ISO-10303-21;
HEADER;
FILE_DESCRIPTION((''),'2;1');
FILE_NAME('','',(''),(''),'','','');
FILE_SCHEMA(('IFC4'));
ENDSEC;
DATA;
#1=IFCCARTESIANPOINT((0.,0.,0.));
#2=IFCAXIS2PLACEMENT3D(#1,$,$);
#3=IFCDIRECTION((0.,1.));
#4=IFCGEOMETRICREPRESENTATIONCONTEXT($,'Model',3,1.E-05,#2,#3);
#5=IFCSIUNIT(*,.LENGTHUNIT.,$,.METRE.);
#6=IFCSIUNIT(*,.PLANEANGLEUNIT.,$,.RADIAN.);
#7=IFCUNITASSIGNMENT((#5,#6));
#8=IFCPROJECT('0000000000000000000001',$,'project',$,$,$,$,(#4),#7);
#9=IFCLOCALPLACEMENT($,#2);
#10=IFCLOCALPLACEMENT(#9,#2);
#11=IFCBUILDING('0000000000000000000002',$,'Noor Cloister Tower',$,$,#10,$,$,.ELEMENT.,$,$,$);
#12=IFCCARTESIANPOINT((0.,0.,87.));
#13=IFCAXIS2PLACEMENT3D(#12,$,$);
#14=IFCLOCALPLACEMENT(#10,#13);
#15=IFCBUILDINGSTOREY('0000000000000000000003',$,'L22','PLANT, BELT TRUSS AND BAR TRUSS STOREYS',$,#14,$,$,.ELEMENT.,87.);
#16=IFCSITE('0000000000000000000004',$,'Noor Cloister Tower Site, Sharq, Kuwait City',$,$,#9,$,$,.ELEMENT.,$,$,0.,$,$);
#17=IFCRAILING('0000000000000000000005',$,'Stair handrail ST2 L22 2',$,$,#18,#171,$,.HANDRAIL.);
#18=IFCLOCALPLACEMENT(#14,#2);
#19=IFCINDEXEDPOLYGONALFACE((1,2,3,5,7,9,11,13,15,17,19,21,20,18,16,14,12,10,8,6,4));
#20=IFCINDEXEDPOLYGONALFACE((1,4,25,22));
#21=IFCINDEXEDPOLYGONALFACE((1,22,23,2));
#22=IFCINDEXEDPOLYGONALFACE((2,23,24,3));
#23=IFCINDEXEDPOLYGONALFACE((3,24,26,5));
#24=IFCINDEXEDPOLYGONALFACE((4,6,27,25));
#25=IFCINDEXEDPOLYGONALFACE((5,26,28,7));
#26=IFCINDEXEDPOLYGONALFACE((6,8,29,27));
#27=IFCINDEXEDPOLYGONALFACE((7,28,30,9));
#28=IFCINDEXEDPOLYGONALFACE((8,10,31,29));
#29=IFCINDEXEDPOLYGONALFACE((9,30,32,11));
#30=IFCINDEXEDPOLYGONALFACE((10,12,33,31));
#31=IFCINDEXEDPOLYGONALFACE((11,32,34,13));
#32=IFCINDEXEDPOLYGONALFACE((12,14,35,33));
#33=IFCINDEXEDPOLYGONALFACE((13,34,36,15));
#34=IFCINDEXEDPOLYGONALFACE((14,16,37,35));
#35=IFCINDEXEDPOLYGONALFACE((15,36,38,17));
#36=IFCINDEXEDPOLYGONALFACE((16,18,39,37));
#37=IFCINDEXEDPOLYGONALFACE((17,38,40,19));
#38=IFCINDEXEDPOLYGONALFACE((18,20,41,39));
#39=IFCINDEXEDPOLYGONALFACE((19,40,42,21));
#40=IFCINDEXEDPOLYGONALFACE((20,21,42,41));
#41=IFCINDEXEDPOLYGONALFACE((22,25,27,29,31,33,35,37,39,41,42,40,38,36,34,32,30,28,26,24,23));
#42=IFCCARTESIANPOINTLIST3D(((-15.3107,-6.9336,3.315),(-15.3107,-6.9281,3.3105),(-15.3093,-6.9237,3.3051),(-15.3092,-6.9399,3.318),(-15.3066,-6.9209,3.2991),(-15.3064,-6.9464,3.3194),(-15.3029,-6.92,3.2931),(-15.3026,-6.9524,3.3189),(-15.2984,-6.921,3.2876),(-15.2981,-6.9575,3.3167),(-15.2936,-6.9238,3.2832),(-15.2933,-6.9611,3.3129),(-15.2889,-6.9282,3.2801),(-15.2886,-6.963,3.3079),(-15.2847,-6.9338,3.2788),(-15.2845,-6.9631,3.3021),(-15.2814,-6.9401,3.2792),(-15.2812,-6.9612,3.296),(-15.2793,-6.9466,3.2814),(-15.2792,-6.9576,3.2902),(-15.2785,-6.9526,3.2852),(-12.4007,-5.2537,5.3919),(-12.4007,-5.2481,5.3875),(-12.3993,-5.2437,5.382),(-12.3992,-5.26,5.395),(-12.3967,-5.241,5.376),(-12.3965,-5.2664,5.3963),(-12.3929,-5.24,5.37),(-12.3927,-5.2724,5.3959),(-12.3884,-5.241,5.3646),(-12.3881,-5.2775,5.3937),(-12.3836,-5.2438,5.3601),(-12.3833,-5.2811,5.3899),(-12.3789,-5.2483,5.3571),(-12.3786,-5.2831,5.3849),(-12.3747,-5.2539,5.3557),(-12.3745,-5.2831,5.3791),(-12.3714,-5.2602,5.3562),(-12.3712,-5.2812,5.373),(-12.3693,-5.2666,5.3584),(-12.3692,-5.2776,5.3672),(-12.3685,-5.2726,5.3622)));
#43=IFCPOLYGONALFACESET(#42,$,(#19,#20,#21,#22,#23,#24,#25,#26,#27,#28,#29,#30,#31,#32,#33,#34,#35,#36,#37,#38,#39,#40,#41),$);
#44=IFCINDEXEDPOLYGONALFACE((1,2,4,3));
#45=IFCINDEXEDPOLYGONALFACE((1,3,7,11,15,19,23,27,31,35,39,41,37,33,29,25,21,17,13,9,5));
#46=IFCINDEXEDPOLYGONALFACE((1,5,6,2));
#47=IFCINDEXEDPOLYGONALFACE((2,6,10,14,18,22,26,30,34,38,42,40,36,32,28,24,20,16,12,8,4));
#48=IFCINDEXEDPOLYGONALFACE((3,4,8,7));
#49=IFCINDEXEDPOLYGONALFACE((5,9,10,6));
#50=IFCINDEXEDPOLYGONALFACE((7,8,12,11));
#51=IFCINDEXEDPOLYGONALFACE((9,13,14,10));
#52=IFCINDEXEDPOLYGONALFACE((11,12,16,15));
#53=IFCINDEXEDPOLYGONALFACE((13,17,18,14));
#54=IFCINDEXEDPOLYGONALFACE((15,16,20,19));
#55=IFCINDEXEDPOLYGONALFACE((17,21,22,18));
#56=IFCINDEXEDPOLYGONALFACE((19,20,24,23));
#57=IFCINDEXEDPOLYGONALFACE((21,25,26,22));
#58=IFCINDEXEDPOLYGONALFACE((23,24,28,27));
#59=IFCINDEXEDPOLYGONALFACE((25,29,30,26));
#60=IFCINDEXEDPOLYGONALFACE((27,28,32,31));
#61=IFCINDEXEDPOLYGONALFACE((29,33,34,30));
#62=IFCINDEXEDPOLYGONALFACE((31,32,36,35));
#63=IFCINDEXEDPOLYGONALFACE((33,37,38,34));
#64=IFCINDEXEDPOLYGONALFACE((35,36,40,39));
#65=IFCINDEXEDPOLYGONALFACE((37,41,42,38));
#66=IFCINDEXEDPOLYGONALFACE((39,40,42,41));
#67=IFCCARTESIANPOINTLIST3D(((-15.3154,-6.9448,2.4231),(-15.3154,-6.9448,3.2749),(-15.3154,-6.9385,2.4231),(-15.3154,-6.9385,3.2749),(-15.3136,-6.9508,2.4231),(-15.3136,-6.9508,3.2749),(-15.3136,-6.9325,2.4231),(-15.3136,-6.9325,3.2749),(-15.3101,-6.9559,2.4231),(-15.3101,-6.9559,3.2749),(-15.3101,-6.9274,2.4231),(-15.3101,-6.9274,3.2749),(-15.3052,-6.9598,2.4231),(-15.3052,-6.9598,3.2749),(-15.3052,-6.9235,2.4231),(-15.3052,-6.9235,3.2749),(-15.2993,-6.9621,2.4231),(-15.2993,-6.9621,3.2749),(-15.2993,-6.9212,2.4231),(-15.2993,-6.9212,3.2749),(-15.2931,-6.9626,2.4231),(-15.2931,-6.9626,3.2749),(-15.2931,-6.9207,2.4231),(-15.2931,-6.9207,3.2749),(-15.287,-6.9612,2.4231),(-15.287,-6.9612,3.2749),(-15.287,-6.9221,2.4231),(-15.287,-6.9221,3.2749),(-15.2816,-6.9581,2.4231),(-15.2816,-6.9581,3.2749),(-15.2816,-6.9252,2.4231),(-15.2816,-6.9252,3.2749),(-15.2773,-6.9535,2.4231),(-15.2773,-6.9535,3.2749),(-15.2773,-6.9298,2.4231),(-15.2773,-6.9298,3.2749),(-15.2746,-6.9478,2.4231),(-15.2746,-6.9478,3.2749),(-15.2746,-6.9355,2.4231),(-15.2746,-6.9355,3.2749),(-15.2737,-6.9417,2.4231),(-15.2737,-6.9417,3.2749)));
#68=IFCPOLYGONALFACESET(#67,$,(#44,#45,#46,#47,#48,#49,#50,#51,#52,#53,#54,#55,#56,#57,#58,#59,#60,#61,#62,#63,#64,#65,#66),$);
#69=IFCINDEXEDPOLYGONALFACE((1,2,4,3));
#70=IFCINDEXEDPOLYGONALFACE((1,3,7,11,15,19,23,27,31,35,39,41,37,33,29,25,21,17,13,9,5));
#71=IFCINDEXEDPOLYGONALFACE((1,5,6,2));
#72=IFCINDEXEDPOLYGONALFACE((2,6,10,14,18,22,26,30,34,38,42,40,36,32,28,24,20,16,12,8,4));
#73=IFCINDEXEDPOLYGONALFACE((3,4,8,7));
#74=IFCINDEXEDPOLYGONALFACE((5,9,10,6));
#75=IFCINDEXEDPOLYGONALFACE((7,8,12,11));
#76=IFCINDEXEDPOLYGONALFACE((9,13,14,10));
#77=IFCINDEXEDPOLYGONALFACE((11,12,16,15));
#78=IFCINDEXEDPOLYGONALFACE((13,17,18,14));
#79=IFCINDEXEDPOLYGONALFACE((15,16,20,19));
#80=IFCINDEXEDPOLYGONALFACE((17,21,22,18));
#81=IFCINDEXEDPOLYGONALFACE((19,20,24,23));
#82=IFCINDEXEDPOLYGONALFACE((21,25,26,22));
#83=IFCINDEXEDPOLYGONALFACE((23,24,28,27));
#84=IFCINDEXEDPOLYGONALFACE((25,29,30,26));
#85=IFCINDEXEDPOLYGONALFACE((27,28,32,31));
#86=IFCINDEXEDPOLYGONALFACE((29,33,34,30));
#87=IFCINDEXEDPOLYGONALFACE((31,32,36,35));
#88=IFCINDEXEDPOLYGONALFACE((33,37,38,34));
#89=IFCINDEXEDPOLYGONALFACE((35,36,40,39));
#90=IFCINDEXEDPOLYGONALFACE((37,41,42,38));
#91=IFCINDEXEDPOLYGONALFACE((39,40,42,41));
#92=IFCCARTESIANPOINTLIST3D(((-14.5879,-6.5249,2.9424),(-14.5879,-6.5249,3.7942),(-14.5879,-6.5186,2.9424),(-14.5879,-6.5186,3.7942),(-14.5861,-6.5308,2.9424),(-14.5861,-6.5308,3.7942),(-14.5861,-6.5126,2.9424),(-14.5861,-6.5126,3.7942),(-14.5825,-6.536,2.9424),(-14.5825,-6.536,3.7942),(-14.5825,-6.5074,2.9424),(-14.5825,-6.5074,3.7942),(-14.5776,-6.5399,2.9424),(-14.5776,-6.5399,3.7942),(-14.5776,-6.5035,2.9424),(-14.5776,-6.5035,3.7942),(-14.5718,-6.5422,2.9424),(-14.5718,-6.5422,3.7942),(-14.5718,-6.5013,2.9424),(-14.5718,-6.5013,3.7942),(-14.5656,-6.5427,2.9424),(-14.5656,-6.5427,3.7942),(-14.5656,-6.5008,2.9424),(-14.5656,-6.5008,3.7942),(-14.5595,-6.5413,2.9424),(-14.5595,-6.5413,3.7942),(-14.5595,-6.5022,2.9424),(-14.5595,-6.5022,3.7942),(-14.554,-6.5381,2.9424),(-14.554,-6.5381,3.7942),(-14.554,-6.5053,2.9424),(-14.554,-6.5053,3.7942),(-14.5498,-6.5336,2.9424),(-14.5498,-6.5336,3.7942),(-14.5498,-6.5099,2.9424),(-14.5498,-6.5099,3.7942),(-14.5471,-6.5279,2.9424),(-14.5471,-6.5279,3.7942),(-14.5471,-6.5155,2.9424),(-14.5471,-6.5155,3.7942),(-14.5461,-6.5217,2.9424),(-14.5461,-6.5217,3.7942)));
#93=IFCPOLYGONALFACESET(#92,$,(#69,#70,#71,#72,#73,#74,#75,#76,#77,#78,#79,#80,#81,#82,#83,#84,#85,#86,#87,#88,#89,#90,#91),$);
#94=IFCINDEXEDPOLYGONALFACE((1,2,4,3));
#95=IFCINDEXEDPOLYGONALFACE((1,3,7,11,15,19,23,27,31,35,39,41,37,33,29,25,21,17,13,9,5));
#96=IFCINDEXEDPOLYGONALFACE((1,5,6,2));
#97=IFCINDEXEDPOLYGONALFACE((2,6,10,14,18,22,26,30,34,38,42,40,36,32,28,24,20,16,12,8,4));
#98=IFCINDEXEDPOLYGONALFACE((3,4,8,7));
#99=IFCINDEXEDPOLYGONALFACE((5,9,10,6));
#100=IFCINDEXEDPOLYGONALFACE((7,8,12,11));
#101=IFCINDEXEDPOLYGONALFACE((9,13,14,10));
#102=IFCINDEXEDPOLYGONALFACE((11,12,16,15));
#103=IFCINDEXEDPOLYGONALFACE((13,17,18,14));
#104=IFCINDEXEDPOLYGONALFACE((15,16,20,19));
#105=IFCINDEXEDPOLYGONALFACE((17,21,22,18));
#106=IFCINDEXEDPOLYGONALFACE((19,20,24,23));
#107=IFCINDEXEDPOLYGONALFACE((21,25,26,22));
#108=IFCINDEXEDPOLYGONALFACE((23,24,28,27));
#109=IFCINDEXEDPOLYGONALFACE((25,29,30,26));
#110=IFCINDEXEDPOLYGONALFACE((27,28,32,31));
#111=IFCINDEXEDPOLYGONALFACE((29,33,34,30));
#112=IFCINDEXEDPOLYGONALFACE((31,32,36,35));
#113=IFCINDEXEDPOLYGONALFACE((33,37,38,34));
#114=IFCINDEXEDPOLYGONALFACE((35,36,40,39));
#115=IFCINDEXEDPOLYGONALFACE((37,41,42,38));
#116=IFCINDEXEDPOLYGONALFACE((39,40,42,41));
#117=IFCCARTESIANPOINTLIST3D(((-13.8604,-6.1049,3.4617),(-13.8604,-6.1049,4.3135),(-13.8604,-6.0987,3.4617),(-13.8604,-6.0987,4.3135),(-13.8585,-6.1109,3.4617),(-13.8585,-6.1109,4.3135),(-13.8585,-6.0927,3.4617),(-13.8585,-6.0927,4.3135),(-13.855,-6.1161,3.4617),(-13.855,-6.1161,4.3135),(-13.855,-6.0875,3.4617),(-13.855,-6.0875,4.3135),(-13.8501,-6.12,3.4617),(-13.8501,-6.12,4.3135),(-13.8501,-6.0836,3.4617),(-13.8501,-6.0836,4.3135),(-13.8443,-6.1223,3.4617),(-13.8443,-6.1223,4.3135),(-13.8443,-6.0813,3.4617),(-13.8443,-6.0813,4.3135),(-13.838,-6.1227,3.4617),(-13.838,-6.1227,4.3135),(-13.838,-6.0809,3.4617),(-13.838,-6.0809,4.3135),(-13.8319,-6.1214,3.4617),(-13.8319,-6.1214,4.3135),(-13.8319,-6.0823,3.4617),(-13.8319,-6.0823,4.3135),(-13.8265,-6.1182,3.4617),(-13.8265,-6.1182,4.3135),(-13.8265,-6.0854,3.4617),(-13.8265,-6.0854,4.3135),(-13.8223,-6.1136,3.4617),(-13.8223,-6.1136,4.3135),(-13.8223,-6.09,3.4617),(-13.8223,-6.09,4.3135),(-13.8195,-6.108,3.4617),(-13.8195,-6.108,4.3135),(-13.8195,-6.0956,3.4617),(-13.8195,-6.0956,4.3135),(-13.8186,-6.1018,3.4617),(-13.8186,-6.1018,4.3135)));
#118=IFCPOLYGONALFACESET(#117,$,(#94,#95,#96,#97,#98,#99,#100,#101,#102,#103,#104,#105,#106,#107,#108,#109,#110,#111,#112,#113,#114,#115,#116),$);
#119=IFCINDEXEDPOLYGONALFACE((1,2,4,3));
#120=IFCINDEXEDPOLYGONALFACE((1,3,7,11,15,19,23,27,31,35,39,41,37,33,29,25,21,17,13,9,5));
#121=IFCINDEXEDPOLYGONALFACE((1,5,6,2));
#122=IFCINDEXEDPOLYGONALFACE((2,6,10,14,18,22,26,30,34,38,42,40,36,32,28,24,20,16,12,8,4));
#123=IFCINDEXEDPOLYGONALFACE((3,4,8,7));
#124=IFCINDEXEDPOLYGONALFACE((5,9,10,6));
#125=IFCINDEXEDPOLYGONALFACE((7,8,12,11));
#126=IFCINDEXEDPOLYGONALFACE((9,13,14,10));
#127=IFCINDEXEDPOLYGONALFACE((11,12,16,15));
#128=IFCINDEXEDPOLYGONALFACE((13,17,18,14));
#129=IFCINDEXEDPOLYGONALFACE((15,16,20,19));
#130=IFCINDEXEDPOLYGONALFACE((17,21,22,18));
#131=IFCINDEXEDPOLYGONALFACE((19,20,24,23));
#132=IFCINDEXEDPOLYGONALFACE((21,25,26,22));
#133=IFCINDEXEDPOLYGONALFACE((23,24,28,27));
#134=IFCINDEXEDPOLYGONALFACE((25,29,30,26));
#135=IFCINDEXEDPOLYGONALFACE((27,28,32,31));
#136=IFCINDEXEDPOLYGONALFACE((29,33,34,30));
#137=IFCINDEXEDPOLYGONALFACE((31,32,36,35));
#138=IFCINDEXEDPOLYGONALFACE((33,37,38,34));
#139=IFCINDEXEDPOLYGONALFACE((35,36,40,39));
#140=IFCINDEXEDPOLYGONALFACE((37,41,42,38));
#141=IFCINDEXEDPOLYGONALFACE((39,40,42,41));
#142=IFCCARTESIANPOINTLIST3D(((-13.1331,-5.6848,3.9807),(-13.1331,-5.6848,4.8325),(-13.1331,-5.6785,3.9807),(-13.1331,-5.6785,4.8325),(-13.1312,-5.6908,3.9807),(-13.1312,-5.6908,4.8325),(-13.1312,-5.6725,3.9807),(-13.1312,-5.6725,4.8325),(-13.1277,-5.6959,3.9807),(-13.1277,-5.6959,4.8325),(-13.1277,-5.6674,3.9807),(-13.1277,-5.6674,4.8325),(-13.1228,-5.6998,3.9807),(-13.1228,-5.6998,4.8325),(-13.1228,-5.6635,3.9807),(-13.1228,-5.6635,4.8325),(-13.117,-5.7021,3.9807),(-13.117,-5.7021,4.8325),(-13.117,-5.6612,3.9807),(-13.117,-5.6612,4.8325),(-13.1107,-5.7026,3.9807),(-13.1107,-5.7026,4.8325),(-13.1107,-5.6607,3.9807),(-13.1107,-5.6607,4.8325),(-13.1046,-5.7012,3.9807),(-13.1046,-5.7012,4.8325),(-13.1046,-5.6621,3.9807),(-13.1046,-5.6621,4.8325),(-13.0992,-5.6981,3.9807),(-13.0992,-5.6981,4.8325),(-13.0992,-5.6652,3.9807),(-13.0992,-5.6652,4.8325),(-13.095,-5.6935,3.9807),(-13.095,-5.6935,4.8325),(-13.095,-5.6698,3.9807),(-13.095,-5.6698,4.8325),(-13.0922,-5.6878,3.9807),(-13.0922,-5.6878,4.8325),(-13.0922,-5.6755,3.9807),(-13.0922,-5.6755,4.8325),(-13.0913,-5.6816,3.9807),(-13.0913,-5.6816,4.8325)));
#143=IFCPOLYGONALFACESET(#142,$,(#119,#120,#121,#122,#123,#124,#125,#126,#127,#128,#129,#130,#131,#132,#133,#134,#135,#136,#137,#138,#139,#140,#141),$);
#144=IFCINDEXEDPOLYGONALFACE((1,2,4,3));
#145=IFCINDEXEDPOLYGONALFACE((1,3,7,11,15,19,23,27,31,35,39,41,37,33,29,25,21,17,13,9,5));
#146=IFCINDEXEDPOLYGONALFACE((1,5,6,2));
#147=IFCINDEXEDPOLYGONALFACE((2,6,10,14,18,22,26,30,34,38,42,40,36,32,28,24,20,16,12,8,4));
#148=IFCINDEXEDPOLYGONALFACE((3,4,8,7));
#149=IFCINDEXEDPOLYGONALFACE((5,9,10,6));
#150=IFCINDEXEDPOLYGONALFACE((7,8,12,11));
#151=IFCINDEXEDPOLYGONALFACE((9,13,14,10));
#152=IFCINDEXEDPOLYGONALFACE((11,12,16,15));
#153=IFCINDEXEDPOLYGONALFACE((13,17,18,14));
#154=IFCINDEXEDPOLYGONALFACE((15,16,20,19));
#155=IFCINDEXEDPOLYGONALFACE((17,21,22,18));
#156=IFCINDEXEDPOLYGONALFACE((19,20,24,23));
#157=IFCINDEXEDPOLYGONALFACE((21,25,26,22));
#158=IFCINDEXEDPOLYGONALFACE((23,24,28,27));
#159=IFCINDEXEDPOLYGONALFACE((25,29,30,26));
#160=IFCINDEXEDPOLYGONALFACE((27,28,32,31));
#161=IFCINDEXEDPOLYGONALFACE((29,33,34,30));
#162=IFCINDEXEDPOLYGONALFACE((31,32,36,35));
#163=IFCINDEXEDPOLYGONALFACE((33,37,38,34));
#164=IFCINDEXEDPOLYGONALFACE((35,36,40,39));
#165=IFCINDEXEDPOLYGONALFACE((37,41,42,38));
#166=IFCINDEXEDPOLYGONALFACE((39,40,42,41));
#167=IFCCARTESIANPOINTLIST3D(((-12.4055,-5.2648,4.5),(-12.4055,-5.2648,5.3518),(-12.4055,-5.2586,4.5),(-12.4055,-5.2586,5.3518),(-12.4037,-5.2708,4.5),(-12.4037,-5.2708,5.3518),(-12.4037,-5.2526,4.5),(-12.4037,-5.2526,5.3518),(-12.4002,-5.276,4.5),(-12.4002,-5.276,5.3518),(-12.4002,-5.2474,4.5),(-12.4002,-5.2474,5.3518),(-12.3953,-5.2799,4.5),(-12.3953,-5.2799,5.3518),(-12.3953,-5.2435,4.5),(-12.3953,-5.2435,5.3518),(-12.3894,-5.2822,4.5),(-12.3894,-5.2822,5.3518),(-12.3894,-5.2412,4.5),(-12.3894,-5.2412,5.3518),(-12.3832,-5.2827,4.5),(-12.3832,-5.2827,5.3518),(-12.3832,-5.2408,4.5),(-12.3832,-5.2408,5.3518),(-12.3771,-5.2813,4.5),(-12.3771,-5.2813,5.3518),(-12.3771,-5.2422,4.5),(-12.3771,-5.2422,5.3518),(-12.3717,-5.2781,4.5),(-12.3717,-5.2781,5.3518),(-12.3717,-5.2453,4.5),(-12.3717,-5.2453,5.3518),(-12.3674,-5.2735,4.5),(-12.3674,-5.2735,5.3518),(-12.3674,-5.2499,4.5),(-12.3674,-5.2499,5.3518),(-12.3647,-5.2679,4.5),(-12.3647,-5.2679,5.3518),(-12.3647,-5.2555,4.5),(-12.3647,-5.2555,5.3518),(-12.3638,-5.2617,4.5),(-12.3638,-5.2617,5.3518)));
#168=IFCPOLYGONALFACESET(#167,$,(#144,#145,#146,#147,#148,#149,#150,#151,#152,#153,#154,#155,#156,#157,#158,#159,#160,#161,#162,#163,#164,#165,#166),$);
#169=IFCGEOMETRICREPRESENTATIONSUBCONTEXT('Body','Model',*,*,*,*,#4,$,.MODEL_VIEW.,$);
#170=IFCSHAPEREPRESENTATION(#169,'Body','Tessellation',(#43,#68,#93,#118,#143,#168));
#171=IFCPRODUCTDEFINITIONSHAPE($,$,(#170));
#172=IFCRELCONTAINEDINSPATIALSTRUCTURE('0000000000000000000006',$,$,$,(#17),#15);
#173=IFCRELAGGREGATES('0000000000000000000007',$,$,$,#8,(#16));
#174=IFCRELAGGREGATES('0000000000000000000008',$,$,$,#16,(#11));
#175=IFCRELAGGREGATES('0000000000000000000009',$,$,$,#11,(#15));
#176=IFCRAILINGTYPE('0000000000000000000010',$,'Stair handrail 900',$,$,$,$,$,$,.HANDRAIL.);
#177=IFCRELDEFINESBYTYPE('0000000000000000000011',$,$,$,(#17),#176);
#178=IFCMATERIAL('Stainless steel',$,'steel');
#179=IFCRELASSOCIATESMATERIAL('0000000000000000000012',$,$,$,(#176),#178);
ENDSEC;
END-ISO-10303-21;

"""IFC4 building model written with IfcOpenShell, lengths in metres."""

from ifc_helpers import new_model, si_unit, direction, frame, origin, origin_2d, place, context, subcontext, project, spatial, circle, extrude, material, type_object, element, save


model = new_model("IFC4")

# Units and contexts
model_context = context("Model", 3, precision=1e-05, world=origin(), true_north=direction((0.0, 1.0)))
body_context = subcontext(model_context, "Body", "Model", "MODEL_VIEW")
ifc_project = project(units=[si_unit("LENGTHUNIT", "METRE"), si_unit("PLANEANGLEUNIT", "RADIAN")], contexts=[model_context])

# Site, building, storey
site_placement = place(None, origin())
site = spatial("IfcSite", under=ifc_project, at=site_placement, Name="Noor Cloister Tower Site, Sharq, Kuwait City", CompositionType="ELEMENT", RefElevation=0.0)
building_placement = place(site_placement, origin())
building = spatial("IfcBuilding", under=site, at=building_placement, Name="Noor Cloister Tower", CompositionType="ELEMENT")
storey_placement = place(building_placement, frame((0.0, 0.0, 87.0)))
storey = spatial("IfcBuildingStorey", under=building, at=storey_placement, Name="L22", Description="PLANT, BELT TRUSS AND BAR TRUSS STOREYS", CompositionType="ELEMENT", Elevation=87.0)

# Railing
ifc_material_1 = material(Name="Stainless steel", Category="steel")
railing_type_1 = type_object("IfcRailingType", Name="Stair handrail 900", PredefinedType="HANDRAIL", material=ifc_material_1)
railing_1_placement = place(storey_placement, frame((-15.2947, -6.9417, 2.4231)))
element("IfcRailing", 1, at=railing_1_placement, inside=storey, type_object=railing_type_1, Name="Stair handrail ST2 L22 2", PredefinedType="HANDRAIL", context=body_context, shape_type="SweptSolid", body=[
    extrude(circle(Radius=0.0239, at=origin_2d()), frame((0.0, 0.0, 0.876), z_axis=(0.736668, 0.425288, 0.525785), x_axis=(-0.499976, 0.866039, 0.0)), (0.0, 0.0, 1.0), 3.9502),
    extrude(circle(Radius=0.021, at=origin_2d()), origin(), (0.0, 0.0, 1.0), 0.8518),
    extrude(circle(Radius=0.021, at=origin_2d()), frame((0.7275, 0.4199, 0.5193)), (0.0, 0.0, 1.0), 0.8518),
    extrude(circle(Radius=0.021, at=origin_2d()), frame((1.4551, 0.8398, 1.0386)), (0.0, 0.0, 1.0), 0.8518),
    extrude(circle(Radius=0.021, at=origin_2d()), frame((2.1824, 1.26, 1.5576)), (0.0, 0.0, 1.0), 0.8518),
    extrude(circle(Radius=0.021, at=origin_2d()), frame((2.9099, 1.6799, 2.0769)), (0.0, 0.0, 1.0), 0.8518),
])

save(model, "model.ifc")
